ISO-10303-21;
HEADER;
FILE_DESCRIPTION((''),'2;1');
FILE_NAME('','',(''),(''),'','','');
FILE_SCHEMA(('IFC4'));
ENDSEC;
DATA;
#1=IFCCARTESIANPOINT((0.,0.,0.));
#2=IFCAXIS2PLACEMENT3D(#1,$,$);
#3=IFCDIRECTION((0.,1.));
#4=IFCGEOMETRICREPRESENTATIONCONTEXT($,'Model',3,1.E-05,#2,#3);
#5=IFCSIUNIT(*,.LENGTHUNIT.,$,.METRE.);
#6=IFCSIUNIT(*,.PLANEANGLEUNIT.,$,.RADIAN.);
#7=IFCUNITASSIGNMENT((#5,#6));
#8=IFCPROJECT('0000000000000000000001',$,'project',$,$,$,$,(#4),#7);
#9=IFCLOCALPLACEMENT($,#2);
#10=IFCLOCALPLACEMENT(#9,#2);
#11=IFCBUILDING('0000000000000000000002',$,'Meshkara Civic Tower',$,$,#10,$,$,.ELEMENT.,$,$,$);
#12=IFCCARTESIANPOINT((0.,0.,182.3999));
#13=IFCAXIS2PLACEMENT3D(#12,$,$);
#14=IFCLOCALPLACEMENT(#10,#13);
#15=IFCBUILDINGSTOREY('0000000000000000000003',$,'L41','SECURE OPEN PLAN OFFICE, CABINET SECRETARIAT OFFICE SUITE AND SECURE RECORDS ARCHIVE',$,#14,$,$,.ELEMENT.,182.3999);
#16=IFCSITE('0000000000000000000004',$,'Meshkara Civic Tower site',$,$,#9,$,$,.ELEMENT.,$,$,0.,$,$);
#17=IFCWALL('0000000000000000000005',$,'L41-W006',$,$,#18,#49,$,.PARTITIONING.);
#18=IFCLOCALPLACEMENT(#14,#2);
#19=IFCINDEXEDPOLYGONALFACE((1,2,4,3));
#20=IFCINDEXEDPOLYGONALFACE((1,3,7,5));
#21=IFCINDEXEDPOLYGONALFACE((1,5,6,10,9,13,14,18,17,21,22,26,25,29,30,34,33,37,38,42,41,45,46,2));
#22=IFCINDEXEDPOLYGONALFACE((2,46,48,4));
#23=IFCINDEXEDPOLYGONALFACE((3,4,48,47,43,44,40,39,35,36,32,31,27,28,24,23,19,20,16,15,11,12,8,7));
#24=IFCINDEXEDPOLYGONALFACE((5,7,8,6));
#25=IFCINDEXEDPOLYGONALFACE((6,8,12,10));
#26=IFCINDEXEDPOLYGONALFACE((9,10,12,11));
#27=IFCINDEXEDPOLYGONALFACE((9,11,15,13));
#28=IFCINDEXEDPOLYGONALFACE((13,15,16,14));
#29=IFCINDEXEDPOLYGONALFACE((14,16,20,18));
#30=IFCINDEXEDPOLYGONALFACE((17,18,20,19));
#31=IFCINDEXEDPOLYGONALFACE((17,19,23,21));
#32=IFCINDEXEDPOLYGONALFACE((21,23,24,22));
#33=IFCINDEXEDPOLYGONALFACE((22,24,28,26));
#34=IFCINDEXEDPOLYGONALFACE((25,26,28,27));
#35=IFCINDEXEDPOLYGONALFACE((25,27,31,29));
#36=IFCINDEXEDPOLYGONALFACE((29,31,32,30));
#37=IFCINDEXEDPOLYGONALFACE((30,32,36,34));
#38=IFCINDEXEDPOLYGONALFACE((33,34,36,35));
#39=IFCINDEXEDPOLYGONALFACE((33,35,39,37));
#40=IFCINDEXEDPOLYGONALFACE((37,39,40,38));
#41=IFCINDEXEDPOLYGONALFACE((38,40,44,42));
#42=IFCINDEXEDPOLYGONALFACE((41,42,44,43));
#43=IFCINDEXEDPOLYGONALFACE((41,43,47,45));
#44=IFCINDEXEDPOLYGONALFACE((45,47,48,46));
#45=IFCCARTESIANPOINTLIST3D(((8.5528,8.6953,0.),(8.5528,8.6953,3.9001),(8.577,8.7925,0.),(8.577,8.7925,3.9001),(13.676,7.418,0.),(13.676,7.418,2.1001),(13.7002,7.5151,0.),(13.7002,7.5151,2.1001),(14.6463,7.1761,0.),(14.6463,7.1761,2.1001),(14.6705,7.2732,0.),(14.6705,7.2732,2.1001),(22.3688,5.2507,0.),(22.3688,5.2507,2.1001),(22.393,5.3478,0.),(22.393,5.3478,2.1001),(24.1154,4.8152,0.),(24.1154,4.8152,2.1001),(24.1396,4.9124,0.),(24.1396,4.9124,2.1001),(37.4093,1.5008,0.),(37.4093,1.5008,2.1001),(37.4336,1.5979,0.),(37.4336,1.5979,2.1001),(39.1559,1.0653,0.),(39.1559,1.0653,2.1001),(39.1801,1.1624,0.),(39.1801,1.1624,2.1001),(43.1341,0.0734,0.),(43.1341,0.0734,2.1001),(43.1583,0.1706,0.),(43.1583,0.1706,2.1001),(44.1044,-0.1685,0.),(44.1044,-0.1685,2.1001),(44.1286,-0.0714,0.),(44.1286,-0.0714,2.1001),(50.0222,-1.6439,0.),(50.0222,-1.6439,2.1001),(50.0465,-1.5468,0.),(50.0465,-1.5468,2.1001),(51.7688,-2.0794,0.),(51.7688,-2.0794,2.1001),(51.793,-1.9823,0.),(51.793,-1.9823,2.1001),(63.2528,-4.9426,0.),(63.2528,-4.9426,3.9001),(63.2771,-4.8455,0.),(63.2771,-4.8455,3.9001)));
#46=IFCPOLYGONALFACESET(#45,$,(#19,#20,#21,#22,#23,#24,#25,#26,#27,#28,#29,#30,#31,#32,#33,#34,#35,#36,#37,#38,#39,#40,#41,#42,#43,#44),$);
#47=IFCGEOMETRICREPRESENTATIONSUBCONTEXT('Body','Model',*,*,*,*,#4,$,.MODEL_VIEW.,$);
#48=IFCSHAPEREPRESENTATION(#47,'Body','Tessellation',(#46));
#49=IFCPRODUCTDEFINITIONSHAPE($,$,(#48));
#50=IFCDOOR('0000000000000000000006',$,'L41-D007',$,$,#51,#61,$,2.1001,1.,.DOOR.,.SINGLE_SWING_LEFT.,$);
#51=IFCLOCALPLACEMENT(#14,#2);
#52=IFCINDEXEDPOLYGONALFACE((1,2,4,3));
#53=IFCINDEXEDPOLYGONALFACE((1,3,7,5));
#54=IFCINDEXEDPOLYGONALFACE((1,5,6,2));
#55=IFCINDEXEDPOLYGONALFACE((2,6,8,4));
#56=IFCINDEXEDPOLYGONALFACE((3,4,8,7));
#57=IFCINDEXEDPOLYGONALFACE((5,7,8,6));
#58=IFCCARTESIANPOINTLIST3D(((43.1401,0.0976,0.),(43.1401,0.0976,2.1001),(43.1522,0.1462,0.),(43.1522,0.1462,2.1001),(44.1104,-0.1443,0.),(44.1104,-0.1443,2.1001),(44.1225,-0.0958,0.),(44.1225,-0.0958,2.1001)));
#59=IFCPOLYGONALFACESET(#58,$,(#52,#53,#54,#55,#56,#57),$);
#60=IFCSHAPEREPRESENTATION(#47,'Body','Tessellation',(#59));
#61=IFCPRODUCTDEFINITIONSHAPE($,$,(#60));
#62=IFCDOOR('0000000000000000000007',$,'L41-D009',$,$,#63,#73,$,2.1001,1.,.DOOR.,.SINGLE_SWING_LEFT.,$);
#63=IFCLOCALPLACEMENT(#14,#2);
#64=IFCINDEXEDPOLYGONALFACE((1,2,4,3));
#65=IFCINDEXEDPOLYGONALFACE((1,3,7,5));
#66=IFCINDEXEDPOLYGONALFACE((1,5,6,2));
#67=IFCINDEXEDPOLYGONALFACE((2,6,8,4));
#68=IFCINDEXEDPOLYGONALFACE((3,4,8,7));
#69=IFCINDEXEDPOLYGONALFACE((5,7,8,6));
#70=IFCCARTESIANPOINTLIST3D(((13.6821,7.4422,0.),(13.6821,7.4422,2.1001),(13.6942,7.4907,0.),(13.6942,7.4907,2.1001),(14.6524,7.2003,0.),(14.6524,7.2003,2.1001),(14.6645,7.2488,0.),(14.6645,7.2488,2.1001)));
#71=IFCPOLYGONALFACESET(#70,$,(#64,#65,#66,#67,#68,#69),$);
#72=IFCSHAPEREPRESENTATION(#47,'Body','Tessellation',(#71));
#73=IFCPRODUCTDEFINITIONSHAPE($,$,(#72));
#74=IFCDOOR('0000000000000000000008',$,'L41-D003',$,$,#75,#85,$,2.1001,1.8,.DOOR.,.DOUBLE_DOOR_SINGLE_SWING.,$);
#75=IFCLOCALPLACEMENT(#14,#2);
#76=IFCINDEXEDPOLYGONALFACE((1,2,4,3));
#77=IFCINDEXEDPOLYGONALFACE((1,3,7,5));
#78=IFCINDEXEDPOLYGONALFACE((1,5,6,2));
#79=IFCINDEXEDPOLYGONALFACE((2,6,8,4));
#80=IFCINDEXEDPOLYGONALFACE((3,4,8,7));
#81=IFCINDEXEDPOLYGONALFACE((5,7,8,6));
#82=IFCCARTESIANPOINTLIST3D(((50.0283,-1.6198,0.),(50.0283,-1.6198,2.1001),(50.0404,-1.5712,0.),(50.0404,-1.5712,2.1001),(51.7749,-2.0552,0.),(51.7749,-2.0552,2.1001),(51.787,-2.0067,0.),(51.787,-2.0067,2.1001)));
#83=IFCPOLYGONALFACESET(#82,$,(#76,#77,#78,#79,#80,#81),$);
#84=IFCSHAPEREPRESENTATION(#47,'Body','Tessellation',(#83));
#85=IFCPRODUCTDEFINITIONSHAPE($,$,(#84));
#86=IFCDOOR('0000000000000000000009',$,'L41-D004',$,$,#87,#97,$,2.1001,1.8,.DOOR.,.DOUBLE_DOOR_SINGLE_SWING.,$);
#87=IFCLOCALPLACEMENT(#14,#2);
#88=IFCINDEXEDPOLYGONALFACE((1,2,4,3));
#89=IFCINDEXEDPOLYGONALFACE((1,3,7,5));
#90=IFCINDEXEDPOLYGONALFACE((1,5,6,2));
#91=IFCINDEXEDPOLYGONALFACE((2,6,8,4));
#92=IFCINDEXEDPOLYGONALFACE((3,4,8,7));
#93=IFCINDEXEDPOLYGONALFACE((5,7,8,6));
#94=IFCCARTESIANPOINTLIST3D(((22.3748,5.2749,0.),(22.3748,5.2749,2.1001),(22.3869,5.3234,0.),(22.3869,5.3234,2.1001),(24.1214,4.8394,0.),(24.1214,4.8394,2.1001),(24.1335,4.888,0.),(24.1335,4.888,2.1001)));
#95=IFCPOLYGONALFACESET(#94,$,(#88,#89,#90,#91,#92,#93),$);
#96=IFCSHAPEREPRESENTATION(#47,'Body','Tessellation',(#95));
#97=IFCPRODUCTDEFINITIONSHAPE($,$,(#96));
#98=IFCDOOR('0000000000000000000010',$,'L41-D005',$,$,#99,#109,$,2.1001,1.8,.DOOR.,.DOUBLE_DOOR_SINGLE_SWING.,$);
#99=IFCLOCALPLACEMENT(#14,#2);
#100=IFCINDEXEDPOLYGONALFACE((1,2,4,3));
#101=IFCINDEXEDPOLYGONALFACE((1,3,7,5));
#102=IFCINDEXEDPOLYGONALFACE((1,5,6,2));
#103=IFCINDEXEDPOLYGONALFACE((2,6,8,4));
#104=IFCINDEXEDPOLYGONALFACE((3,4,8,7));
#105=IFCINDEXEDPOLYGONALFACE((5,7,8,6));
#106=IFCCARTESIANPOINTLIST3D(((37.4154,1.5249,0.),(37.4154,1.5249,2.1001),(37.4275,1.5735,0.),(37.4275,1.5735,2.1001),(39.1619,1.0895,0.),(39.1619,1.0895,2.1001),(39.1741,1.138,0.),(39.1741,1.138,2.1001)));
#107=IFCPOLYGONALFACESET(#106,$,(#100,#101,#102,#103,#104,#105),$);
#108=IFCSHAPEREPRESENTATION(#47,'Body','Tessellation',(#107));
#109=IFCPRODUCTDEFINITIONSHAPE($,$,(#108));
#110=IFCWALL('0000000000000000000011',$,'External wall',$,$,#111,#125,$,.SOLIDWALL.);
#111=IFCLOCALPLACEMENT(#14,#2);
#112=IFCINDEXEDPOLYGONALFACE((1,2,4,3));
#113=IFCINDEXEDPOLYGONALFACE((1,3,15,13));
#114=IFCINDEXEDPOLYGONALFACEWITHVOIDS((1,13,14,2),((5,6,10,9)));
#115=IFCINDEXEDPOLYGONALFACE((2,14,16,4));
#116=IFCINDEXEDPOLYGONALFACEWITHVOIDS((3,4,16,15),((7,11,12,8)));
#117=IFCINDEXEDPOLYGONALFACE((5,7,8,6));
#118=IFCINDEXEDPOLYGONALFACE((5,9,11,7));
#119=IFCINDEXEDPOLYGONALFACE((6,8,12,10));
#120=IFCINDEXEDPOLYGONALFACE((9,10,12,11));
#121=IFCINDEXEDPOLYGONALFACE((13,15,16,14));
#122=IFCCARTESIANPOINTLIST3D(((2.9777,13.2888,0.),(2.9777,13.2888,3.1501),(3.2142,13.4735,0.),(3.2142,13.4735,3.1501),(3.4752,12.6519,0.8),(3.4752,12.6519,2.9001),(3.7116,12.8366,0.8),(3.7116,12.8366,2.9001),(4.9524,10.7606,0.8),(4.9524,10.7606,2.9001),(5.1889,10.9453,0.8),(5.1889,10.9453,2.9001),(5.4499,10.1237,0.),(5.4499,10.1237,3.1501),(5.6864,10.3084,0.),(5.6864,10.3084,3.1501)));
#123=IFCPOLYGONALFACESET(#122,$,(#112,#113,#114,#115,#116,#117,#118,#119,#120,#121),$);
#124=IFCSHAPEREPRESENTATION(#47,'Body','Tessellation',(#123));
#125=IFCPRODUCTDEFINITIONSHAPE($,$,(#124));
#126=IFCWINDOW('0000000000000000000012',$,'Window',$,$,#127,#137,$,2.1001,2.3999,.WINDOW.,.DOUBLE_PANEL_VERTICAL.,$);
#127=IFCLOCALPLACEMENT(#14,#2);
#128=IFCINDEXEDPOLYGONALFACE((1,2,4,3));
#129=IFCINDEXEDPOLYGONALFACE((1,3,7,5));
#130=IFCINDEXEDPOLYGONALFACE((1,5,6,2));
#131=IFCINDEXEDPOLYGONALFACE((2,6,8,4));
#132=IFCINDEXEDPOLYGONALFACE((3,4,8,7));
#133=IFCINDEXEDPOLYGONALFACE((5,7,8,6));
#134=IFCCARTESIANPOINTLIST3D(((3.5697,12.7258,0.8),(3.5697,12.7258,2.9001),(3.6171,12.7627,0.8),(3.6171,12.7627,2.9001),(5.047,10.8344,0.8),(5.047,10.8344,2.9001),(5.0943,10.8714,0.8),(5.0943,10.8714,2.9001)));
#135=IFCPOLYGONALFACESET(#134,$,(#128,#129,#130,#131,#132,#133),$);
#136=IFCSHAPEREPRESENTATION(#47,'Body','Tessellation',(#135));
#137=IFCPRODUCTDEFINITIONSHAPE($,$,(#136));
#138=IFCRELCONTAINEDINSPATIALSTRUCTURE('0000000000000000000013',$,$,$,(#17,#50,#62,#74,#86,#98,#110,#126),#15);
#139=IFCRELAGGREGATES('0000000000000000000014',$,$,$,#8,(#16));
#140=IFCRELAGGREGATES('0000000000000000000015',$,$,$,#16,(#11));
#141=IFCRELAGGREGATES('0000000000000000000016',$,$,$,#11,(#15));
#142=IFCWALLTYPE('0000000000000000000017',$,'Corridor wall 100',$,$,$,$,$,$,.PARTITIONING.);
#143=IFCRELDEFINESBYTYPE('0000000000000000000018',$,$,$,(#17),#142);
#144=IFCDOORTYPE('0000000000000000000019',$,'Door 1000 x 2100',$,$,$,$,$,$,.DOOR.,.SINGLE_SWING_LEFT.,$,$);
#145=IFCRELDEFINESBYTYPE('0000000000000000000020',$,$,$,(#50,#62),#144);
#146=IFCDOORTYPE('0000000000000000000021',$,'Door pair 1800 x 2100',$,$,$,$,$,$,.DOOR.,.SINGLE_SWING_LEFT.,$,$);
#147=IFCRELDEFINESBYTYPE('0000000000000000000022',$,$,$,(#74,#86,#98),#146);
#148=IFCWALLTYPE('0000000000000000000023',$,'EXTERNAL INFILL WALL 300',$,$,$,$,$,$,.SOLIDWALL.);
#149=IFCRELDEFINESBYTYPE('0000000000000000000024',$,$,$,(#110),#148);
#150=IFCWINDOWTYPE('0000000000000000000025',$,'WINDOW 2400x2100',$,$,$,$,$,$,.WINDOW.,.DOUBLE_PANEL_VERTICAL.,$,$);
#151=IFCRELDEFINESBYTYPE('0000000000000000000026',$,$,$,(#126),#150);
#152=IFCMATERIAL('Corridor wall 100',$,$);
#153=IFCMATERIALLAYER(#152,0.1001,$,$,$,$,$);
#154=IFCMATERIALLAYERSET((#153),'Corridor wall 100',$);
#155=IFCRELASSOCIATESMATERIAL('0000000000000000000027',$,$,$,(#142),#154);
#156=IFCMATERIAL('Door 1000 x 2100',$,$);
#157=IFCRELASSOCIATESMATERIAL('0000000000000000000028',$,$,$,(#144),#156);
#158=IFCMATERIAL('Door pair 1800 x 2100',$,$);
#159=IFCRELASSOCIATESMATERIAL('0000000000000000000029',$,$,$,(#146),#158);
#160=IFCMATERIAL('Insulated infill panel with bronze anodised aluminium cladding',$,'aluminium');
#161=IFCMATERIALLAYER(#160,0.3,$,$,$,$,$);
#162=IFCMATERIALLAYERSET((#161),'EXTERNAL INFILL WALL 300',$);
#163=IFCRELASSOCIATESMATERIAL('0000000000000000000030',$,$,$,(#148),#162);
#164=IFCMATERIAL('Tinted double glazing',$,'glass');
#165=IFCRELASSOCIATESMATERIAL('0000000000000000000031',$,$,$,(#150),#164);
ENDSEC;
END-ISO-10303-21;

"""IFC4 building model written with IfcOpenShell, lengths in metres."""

from ifc_helpers import new_model, si_unit, direction, frame, frame_2d, origin, place, context, subcontext, project, spatial, rectangle, extrude, material, layer, layer_set, type_object, element, fill, save


model = new_model("IFC4")

# Units and contexts
model_context = context("Model", 3, precision=1e-05, world=origin(), true_north=direction((0.0, 1.0)))
body_context = subcontext(model_context, "Body", "Model", "MODEL_VIEW")
ifc_project = project(units=[si_unit("LENGTHUNIT", "METRE"), si_unit("PLANEANGLEUNIT", "RADIAN")], contexts=[model_context])

# Site, building, storey
site_placement = place(None, origin())
site = spatial("IfcSite", under=ifc_project, at=site_placement, Name="Meshkara Civic Tower site", CompositionType="ELEMENT", RefElevation=0.0)
building_placement = place(site_placement, origin())
building = spatial("IfcBuilding", under=site, at=building_placement, Name="Meshkara Civic Tower", CompositionType="ELEMENT")
storey_placement = place(building_placement, frame((0.0, 0.0, 182.3999)))
storey = spatial("IfcBuildingStorey", under=building, at=storey_placement, Name="L41", Description="SECURE OPEN PLAN OFFICE, CABINET SECRETARIAT OFFICE SUITE AND SECURE RECORDS ARCHIVE", CompositionType="ELEMENT", Elevation=182.3999)

# Shared definitions
ifc_material_1 = material(Name="Corridor wall 100")
ifc_layer_1 = layer(ifc_material_1, 0.1001)
ifc_layer_set_1 = layer_set([ifc_layer_1], Name="Corridor wall 100")
wall_type_1 = type_object("IfcWallType", Name="Corridor wall 100", PredefinedType="PARTITIONING", material=ifc_layer_set_1)
ifc_material_2 = material(Name="Door 1000 x 2100")
door_type_1 = type_object("IfcDoorType", Name="Door 1000 x 2100", OperationType="SINGLE_SWING_LEFT", PredefinedType="DOOR", material=ifc_material_2)

# Wall, openings, doors
wall_1_placement = place(storey_placement, frame((8.5649, 8.7439, 0.0), z_axis=(0.0, 0.0, 1.0), x_axis=(0.970297, -0.241917, 0.0)))
wall_1 = element("IfcWall", 1, at=wall_1_placement, inside=storey, type_object=wall_type_1, Name="L41-W006", PredefinedType="PARTITIONING", context=body_context, shape_type="SweptSolid", body=[
    extrude(rectangle(XDim=56.3745, YDim=0.1001, at=frame_2d((28.1873, 0.0))), origin(), (0.0, 0.0, 1.0), 3.9001),
])
opening_1_placement = place(wall_1_placement, frame((42.739, 0.0, 0.0)))
opening_1 = element("IfcOpeningElement", 2, at=opening_1_placement, cuts=wall_1, PredefinedType="OPENING", context=body_context, shape_type="SweptSolid", body=[
    extrude(rectangle(XDim=1.8, YDim=2.1001, at=frame_2d((0.8999, 1.05))), frame((0.0, 0.0601, 0.0), z_axis=(0.0, -1.0, 0.0), x_axis=(1.0, 0.0, 0.0)), (0.0, 0.0, 1.0), 0.1201),
])
opening_2_placement = place(wall_1_placement, frame((14.239, 0.0, 0.0)))
opening_2 = element("IfcOpeningElement", 3, at=opening_2_placement, cuts=wall_1, PredefinedType="OPENING", context=body_context, shape_type="SweptSolid", body=[
    extrude(rectangle(XDim=1.8, YDim=2.1001, at=frame_2d((0.8999, 1.05))), frame((0.0, 0.0601, 0.0), z_axis=(0.0, -1.0, 0.0), x_axis=(1.0, 0.0, 0.0)), (0.0, 0.0, 1.0), 0.1201),
])
opening_3_placement = place(wall_1_placement, frame((29.74, 0.0, 0.0)))
opening_3 = element("IfcOpeningElement", 4, at=opening_3_placement, cuts=wall_1, PredefinedType="OPENING", context=body_context, shape_type="SweptSolid", body=[
    extrude(rectangle(XDim=1.8, YDim=2.1001, at=frame_2d((0.8999, 1.05))), frame((0.0, 0.0601, 0.0), z_axis=(0.0, -1.0, 0.0), x_axis=(1.0, 0.0, 0.0)), (0.0, 0.0, 1.0), 0.1201),
])
opening_4_placement = place(wall_1_placement, frame((35.6399, 0.0, 0.0)))
opening_4 = element("IfcOpeningElement", 5, at=opening_4_placement, cuts=wall_1, PredefinedType="OPENING", context=body_context, shape_type="SweptSolid", body=[
    extrude(rectangle(XDim=1.0, YDim=2.1001, at=frame_2d((0.5, 1.05))), frame((0.0, 0.0601, 0.0), z_axis=(0.0, -1.0, 0.0), x_axis=(1.0, 0.0, 0.0)), (0.0, 0.0, 1.0), 0.1201),
])
opening_5_placement = place(wall_1_placement, frame((5.28, 0.0, 0.0)))
opening_5 = element("IfcOpeningElement", 6, at=opening_5_placement, cuts=wall_1, PredefinedType="OPENING", context=body_context, shape_type="SweptSolid", body=[
    extrude(rectangle(XDim=1.0, YDim=2.1001, at=frame_2d((0.5, 1.05))), frame((0.0, 0.0601, 0.0), z_axis=(0.0, -1.0, 0.0), x_axis=(1.0, 0.0, 0.0)), (0.0, 0.0, 1.0), 0.1201),
])
door_1_placement = place(opening_4_placement, origin())
door_1 = element("IfcDoor", 7, at=door_1_placement, inside=storey, type_object=door_type_1, Name="L41-D007", OperationType="SINGLE_SWING_LEFT", OverallHeight=2.1001, OverallWidth=1.0, PredefinedType="DOOR", context=body_context, shape_type="SweptSolid", body=[
    extrude(rectangle(XDim=1.0, YDim=2.1001, at=frame_2d((0.5, 1.05))), frame((0.0, 0.0249, 0.0), z_axis=(0.0, -1.0, 0.0), x_axis=(1.0, 0.0, 0.0)), (0.0, 0.0, 1.0), 0.05),
])
fill(opening_4, door_1)
door_2_placement = place(opening_5_placement, origin())
door_2 = element("IfcDoor", 8, at=door_2_placement, inside=storey, type_object=door_type_1, Name="L41-D009", OperationType="SINGLE_SWING_LEFT", OverallHeight=2.1001, OverallWidth=1.0, PredefinedType="DOOR", context=body_context, shape_type="SweptSolid", body=[
    extrude(rectangle(XDim=1.0, YDim=2.1001, at=frame_2d((0.5, 1.05))), frame((0.0, 0.0249, 0.0), z_axis=(0.0, -1.0, 0.0), x_axis=(1.0, 0.0, 0.0)), (0.0, 0.0, 1.0), 0.05),
])
fill(opening_5, door_2)
ifc_material_3 = material(Name="Door pair 1800 x 2100")
door_type_2 = type_object("IfcDoorType", Name="Door pair 1800 x 2100", OperationType="SINGLE_SWING_LEFT", PredefinedType="DOOR", material=ifc_material_3)
door_3_placement = place(opening_1_placement, origin())
door_3 = element("IfcDoor", 9, at=door_3_placement, inside=storey, type_object=door_type_2, Name="L41-D003", OperationType="DOUBLE_DOOR_SINGLE_SWING", OverallHeight=2.1001, OverallWidth=1.8, PredefinedType="DOOR", context=body_context, shape_type="SweptSolid", body=[
    extrude(rectangle(XDim=1.8, YDim=2.1001, at=frame_2d((0.8999, 1.05))), frame((0.0, 0.0249, 0.0), z_axis=(0.0, -1.0, 0.0), x_axis=(1.0, 0.0, 0.0)), (0.0, 0.0, 1.0), 0.05),
])
fill(opening_1, door_3)
door_4_placement = place(opening_2_placement, origin())
door_4 = element("IfcDoor", 10, at=door_4_placement, inside=storey, type_object=door_type_2, Name="L41-D004", OperationType="DOUBLE_DOOR_SINGLE_SWING", OverallHeight=2.1001, OverallWidth=1.8, PredefinedType="DOOR", context=body_context, shape_type="SweptSolid", body=[
    extrude(rectangle(XDim=1.8, YDim=2.1001, at=frame_2d((0.8999, 1.05))), frame((0.0, 0.0249, 0.0), z_axis=(0.0, -1.0, 0.0), x_axis=(1.0, 0.0, 0.0)), (0.0, 0.0, 1.0), 0.05),
])
fill(opening_2, door_4)
door_5_placement = place(opening_3_placement, origin())
door_5 = element("IfcDoor", 11, at=door_5_placement, inside=storey, type_object=door_type_2, Name="L41-D005", OperationType="DOUBLE_DOOR_SINGLE_SWING", OverallHeight=2.1001, OverallWidth=1.8, PredefinedType="DOOR", context=body_context, shape_type="SweptSolid", body=[
    extrude(rectangle(XDim=1.8, YDim=2.1001, at=frame_2d((0.8999, 1.05))), frame((0.0, 0.0249, 0.0), z_axis=(0.0, -1.0, 0.0), x_axis=(1.0, 0.0, 0.0)), (0.0, 0.0, 1.0), 0.05),
])
fill(opening_3, door_5)

# Wall, opening, window
ifc_material_4 = material(Name="Insulated infill panel with bronze anodised aluminium cladding", Category="aluminium")
ifc_layer_2 = layer(ifc_material_4, 0.3)
ifc_layer_set_2 = layer_set([ifc_layer_2], Name="EXTERNAL INFILL WALL 300")
wall_type_2 = type_object("IfcWallType", Name="EXTERNAL INFILL WALL 300", PredefinedType="SOLIDWALL", material=ifc_layer_set_2)
wall_2_placement = place(storey_placement, frame((3.0959, 13.3811, 0.0), z_axis=(0.0, 0.0, 1.0), x_axis=(0.615564, -0.788087, 0.0)))
wall_2 = element("IfcWall", 12, at=wall_2_placement, inside=storey, type_object=wall_type_2, Name="External wall", PredefinedType="SOLIDWALL", context=body_context, shape_type="SweptSolid", body=[
    extrude(rectangle(XDim=4.0161, YDim=0.3, at=frame_2d((2.0081, 0.0))), origin(), (0.0, 0.0, 1.0), 3.1501),
])
opening_6_placement = place(wall_2_placement, frame((0.8081, 0.0, 0.8)))
opening_6 = element("IfcOpeningElement", 13, at=opening_6_placement, cuts=wall_2, PredefinedType="OPENING", context=body_context, shape_type="SweptSolid", body=[
    extrude(rectangle(XDim=2.3999, YDim=2.1001, at=frame_2d((1.2, 1.05))), frame((0.0, 0.1599, 0.0), z_axis=(0.0, -1.0, 0.0), x_axis=(1.0, 0.0, 0.0)), (0.0, 0.0, 1.0), 0.3201),
])
ifc_material_5 = material(Name="Tinted double glazing", Category="glass")
window_type = type_object("IfcWindowType", Name="WINDOW 2400x2100", PartitioningType="DOUBLE_PANEL_VERTICAL", PredefinedType="WINDOW", material=ifc_material_5)
window_1_placement = place(opening_6_placement, origin())
window_1 = element("IfcWindow", 14, at=window_1_placement, inside=storey, type_object=window_type, Name="Window", OverallHeight=2.1001, OverallWidth=2.3999, PartitioningType="DOUBLE_PANEL_VERTICAL", PredefinedType="WINDOW", context=body_context, shape_type="SweptSolid", body=[
    extrude(rectangle(XDim=2.3999, YDim=2.1001, at=frame_2d((1.2, 1.05))), frame((0.0, 0.03, 0.0), z_axis=(0.0, -1.0, 0.0), x_axis=(1.0, 0.0, 0.0)), (0.0, 0.0, 1.0), 0.0601),
])
fill(opening_6, window_1)

save(model, "model.ifc")
